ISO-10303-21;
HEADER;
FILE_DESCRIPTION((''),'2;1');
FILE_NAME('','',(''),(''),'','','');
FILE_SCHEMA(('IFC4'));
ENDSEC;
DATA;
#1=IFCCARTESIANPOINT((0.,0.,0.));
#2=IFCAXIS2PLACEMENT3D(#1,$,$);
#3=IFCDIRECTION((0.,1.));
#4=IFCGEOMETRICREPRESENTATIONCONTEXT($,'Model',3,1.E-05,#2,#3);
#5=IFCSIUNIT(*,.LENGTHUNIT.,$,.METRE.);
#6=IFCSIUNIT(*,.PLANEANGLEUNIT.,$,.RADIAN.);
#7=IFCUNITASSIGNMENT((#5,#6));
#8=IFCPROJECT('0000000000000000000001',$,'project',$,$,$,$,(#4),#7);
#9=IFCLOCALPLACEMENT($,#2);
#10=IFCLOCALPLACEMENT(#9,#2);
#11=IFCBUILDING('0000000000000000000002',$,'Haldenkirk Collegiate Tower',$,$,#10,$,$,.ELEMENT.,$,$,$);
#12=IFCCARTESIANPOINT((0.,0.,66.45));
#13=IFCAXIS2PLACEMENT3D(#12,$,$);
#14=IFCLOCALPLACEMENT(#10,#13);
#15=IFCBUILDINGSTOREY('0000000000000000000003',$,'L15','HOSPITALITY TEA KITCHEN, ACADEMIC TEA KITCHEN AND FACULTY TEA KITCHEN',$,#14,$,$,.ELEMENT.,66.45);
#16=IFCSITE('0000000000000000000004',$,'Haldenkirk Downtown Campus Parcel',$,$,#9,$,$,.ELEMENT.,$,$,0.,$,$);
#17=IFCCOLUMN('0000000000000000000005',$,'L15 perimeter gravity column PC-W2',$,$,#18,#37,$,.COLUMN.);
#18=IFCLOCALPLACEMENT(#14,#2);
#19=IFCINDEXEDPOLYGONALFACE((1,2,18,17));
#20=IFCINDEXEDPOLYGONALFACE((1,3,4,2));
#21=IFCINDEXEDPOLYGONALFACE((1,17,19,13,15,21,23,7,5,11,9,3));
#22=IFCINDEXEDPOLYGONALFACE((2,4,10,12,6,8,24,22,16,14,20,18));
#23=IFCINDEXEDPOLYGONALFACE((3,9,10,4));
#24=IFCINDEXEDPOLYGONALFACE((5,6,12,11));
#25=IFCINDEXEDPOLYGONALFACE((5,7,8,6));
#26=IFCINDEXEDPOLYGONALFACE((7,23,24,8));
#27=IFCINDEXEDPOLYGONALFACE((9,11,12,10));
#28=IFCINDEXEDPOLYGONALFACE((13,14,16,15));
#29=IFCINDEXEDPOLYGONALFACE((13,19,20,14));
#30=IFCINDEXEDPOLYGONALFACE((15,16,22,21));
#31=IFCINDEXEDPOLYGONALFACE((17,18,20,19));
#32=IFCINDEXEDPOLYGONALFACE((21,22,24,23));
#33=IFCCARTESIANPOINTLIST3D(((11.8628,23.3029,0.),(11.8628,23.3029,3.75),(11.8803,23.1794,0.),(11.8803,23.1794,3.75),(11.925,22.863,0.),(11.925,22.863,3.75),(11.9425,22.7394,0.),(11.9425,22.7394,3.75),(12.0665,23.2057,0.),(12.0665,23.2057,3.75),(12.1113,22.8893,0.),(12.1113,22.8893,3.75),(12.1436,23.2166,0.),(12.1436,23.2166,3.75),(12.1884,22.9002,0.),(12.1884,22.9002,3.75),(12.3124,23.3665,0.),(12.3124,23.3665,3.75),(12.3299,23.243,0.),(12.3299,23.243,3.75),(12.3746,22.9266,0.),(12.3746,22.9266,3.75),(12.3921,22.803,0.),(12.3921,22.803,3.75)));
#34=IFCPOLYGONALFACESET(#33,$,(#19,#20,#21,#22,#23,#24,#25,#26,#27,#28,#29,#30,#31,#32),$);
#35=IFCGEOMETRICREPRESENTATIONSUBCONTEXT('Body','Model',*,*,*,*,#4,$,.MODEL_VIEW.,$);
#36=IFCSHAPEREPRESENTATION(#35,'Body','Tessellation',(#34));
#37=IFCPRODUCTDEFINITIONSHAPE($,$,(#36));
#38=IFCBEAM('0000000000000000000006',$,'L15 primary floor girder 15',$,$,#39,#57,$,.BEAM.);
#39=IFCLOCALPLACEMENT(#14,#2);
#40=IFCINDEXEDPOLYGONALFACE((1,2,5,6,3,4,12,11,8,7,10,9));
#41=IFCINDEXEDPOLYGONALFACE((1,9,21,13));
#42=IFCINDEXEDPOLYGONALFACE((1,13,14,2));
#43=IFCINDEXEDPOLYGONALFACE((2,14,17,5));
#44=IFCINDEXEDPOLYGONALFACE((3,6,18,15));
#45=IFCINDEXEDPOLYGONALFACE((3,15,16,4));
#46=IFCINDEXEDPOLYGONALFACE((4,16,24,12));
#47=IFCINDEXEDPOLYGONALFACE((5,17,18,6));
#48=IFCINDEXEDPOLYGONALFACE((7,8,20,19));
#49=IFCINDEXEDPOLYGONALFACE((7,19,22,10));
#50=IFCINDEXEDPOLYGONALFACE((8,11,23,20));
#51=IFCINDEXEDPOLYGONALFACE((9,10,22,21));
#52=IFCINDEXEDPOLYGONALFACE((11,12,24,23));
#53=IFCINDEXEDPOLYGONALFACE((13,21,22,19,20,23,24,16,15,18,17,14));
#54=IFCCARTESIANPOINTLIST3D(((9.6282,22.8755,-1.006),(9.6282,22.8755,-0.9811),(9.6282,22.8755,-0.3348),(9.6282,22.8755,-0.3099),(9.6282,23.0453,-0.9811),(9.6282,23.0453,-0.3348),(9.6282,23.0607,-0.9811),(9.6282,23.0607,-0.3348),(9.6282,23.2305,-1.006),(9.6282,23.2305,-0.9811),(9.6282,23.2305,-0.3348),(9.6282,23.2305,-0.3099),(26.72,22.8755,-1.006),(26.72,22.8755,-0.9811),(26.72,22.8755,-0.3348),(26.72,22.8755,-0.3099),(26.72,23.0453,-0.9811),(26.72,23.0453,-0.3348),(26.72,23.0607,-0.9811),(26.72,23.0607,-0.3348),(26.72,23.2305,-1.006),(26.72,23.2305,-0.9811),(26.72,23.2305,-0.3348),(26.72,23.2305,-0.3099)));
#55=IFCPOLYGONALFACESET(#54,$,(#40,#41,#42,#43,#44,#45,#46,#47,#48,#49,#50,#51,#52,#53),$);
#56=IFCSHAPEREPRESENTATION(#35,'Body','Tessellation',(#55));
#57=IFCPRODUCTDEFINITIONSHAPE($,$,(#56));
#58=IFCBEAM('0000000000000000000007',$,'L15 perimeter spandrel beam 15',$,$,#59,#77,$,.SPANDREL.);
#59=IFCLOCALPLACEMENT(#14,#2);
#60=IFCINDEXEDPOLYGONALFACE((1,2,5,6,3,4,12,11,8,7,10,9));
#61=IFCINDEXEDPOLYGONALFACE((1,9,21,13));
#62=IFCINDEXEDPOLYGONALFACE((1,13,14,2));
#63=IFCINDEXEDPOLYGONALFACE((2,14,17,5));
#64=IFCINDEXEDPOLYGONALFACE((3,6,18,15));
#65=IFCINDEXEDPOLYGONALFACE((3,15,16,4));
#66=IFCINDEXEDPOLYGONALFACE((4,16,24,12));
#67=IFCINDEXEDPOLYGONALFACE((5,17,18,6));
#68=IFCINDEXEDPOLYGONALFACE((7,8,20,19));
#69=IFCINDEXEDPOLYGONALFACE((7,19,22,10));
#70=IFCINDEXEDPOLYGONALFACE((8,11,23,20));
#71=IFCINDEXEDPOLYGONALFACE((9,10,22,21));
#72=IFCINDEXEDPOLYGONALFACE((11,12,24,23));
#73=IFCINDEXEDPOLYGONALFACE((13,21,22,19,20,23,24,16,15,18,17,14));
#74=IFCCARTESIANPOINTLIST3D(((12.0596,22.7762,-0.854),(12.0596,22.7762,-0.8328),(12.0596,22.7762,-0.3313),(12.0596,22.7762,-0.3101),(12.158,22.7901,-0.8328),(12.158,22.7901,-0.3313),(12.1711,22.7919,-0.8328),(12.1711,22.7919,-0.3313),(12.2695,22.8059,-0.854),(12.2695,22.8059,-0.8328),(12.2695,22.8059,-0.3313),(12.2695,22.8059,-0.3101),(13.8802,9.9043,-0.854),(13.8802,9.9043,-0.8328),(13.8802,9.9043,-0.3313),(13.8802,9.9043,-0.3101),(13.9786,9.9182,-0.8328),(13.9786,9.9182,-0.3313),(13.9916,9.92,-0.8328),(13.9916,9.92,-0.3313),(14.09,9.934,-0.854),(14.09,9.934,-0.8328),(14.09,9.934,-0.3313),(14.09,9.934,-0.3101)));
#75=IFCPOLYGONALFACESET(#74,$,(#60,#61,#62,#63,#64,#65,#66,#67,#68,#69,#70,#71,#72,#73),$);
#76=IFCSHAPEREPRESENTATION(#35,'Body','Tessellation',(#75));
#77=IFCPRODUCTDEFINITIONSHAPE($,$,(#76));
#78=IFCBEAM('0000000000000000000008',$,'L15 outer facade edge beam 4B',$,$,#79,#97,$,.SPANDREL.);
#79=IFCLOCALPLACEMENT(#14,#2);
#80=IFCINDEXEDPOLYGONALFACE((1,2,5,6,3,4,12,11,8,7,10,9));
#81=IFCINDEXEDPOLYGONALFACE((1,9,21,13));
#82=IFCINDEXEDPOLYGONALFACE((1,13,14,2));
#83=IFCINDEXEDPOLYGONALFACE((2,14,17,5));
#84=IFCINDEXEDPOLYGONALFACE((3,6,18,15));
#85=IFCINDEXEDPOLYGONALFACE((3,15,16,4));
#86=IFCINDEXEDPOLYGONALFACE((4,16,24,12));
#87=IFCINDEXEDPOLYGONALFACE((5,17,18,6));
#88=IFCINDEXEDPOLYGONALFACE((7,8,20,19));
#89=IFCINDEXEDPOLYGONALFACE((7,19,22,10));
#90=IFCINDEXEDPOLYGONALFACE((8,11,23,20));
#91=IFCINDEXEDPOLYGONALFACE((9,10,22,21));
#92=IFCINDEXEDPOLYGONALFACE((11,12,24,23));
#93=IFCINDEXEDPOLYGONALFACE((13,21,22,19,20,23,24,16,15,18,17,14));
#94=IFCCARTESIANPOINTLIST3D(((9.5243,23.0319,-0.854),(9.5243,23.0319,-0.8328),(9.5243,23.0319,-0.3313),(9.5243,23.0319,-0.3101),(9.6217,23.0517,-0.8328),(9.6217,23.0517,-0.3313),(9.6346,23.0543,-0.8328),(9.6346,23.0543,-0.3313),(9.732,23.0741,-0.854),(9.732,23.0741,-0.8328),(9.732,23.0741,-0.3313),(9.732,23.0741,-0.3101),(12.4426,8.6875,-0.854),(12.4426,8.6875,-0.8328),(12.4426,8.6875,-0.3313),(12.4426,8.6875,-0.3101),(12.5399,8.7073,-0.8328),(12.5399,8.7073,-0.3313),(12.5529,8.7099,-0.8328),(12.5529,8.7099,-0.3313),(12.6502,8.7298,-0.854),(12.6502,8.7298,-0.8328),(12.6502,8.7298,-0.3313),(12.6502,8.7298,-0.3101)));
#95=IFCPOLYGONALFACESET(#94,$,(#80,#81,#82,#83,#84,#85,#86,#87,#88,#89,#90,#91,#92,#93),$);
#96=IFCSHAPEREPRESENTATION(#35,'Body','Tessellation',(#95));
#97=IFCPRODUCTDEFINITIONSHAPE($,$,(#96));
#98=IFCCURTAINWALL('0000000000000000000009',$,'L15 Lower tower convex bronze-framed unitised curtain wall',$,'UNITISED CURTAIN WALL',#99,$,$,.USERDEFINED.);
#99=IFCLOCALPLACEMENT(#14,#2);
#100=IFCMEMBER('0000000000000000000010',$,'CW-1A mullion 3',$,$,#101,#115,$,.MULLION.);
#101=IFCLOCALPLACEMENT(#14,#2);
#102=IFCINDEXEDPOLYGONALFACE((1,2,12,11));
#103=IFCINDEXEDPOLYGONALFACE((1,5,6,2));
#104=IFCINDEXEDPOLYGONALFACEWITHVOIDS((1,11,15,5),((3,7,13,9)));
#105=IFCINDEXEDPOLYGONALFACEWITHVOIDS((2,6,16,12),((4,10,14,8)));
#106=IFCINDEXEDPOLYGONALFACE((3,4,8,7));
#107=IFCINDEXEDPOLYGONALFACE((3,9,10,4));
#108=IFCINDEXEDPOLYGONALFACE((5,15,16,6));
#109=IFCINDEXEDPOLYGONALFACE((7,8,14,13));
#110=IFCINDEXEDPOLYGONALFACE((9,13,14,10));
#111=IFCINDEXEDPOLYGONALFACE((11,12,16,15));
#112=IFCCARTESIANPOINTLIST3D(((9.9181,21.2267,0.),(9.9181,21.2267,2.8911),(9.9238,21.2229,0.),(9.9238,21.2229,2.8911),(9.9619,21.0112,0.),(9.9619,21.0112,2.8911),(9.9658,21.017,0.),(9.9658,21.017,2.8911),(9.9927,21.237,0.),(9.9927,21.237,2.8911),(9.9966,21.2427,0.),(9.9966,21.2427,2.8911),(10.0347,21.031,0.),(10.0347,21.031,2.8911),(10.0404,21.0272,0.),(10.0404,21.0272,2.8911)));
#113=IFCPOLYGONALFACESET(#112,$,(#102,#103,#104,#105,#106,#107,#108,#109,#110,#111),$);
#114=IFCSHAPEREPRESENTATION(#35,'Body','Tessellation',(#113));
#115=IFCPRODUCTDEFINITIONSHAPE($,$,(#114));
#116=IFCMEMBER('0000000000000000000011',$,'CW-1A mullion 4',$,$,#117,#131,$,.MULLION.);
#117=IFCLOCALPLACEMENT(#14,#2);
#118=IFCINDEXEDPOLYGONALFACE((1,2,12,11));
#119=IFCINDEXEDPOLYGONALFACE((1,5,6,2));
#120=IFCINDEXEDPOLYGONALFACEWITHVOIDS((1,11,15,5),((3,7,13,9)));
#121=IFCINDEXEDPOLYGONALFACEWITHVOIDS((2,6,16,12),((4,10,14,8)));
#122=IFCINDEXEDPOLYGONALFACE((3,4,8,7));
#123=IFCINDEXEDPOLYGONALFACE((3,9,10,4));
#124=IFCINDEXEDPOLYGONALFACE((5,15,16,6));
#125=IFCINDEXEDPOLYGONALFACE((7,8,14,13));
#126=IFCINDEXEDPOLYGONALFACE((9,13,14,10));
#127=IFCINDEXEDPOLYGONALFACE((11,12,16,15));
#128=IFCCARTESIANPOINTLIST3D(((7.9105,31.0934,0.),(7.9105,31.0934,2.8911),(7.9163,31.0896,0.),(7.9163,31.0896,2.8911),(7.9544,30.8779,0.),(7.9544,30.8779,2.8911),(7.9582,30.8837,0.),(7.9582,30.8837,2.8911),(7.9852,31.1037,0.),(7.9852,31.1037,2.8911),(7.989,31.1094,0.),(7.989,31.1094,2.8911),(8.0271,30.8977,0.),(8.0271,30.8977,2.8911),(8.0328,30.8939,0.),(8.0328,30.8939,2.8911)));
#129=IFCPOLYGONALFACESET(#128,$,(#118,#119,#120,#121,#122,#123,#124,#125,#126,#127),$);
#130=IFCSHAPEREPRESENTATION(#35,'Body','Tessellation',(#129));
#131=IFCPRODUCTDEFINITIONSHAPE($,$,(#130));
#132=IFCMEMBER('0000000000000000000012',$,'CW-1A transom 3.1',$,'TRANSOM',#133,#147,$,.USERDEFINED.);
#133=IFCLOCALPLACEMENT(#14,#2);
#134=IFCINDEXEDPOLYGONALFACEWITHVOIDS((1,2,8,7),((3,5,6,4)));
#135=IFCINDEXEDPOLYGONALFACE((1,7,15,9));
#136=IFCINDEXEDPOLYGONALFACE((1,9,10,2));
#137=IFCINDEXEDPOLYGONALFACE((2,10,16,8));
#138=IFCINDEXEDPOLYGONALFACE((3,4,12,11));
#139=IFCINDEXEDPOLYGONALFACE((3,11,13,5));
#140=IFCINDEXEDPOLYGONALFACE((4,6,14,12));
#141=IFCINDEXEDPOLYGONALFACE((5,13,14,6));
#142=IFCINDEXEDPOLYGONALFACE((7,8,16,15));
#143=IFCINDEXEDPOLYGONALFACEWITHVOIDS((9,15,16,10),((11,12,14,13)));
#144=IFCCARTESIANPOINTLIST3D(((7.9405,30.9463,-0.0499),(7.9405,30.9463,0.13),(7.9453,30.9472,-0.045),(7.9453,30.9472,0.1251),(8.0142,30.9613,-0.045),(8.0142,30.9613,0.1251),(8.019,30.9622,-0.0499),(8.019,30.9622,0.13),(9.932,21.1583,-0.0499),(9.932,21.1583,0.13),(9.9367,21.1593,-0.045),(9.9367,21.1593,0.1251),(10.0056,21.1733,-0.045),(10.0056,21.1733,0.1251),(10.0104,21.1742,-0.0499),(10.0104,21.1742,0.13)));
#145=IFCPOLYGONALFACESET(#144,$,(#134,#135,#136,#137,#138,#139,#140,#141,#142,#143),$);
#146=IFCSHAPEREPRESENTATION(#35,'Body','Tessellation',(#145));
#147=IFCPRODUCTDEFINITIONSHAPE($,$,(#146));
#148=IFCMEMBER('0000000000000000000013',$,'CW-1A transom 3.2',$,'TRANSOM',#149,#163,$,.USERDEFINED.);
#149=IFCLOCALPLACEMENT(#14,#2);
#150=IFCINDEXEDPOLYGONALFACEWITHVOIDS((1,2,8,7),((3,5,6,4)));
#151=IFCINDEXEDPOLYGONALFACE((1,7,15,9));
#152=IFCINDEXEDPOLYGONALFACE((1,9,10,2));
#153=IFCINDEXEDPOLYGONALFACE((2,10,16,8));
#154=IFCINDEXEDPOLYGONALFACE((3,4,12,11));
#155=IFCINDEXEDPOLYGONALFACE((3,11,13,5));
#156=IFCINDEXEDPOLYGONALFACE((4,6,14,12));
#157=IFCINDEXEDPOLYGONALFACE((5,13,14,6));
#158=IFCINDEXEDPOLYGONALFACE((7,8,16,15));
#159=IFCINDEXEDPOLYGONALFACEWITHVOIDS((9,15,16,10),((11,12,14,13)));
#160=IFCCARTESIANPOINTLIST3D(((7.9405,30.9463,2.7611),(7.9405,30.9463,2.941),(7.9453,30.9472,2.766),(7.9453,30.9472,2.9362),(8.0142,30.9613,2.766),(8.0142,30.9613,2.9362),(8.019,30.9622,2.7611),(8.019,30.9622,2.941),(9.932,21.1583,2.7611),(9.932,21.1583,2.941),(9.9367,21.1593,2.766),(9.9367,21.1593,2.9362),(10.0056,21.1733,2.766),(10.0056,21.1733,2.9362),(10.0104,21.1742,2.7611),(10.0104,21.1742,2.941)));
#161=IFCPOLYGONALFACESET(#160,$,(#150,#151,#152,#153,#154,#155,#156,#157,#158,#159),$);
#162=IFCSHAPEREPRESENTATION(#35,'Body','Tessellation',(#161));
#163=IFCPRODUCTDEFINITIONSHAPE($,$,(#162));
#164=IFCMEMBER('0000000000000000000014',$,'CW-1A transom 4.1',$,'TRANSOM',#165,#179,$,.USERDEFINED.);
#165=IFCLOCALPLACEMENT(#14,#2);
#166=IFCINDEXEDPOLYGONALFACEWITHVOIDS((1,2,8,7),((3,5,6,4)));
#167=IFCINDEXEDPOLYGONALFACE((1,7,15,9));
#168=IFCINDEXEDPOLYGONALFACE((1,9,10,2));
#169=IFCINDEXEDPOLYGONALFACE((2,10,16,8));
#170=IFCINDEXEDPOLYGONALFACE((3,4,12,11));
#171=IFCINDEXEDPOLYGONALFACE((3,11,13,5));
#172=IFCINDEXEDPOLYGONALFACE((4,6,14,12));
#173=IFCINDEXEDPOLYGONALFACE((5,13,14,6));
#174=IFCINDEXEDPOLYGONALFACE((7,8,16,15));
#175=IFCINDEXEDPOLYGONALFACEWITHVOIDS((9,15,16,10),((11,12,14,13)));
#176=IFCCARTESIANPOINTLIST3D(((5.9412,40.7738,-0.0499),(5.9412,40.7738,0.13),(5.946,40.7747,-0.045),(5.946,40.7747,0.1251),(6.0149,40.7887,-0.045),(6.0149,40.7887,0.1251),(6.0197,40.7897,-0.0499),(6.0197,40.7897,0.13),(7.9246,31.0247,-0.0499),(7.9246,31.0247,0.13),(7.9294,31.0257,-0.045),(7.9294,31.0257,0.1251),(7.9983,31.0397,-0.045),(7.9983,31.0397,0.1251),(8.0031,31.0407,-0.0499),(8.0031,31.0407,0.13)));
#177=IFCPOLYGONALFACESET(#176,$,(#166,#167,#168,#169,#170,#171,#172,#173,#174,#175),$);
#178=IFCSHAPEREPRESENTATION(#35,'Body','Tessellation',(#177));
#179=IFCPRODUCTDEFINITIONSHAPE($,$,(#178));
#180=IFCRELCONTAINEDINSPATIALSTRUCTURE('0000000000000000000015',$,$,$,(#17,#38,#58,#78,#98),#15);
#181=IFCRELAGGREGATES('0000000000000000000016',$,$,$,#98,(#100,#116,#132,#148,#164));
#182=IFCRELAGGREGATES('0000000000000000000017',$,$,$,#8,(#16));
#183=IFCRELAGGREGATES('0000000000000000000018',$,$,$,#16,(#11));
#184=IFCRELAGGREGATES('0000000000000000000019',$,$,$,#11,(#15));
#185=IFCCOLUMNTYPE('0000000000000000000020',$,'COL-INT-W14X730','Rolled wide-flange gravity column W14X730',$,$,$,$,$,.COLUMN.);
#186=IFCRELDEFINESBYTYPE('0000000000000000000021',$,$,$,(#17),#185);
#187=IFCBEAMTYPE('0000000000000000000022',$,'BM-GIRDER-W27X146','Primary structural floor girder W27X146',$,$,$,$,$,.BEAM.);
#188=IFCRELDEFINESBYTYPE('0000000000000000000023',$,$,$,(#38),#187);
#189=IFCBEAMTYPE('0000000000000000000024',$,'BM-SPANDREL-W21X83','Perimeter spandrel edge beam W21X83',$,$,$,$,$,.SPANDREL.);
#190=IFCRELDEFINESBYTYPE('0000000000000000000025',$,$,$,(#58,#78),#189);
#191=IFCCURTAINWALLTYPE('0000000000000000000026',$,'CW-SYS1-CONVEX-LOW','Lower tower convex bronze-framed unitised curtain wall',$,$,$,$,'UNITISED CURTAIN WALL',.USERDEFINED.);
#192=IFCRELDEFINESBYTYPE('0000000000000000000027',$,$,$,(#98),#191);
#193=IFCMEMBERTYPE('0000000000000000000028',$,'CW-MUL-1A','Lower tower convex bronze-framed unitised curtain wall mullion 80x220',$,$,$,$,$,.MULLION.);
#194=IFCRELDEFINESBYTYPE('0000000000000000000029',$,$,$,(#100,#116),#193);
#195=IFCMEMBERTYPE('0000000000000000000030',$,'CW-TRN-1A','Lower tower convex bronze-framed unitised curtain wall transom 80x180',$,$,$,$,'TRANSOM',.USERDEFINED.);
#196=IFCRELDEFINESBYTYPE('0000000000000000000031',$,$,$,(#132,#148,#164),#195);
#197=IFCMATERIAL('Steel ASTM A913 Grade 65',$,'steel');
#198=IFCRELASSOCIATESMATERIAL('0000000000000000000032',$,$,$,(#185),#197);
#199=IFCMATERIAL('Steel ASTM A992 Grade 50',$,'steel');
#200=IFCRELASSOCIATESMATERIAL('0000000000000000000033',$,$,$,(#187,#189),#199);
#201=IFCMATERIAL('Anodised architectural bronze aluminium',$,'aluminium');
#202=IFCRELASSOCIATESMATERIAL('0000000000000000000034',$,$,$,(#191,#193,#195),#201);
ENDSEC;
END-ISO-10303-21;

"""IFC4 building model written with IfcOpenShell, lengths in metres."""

from ifc_helpers import new_model, si_unit, direction, frame, origin, origin_2d, place, context, subcontext, project, spatial, hollow_rectangle, i_section, extrude, material, material_profile, profile_set, type_object, element, aggregate, save


model = new_model("IFC4")

# Units and contexts
model_context = context("Model", 3, precision=1e-05, world=origin(), true_north=direction((0.0, 1.0)))
body_context = subcontext(model_context, "Body", "Model", "MODEL_VIEW")
ifc_project = project(units=[si_unit("LENGTHUNIT", "METRE"), si_unit("PLANEANGLEUNIT", "RADIAN")], contexts=[model_context])

# Site, building, storey
site_placement = place(None, origin())
site = spatial("IfcSite", under=ifc_project, at=site_placement, Name="Haldenkirk Downtown Campus Parcel", CompositionType="ELEMENT", RefElevation=0.0)
building_placement = place(site_placement, origin())
building = spatial("IfcBuilding", under=site, at=building_placement, Name="Haldenkirk Collegiate Tower", CompositionType="ELEMENT")
storey_placement = place(building_placement, frame((0.0, 0.0, 66.45)))
storey = spatial("IfcBuildingStorey", under=building, at=storey_placement, Name="L15", Description="HOSPITALITY TEA KITCHEN, ACADEMIC TEA KITCHEN AND FACULTY TEA KITCHEN", CompositionType="ELEMENT", Elevation=66.45)

# Column
ifc_material_1 = material(Name="Steel ASTM A913 Grade 65", Category="steel")
ifc_material_profile_1 = material_profile(ifc_material_1, i_section(OverallWidth=0.4541, OverallDepth=0.5691, WebThickness=0.0779, FlangeThickness=0.1248, at=origin_2d()), Name="W14X730")
ifc_profile_set_1 = profile_set([ifc_material_profile_1], Name="Steel ASTM A913 Grade 65")
column_type = type_object("IfcColumnType", Name="COL-INT-W14X730", Description="Rolled wide-flange gravity column W14X730", PredefinedType="COLUMN", material=ifc_profile_set_1)
column_placement = place(storey_placement, frame((12.1274, 23.053, 0.0), z_axis=(0.0, 0.0, 1.0), x_axis=(0.990146, 0.140037, 0.0)))
element("IfcColumn", 1, at=column_placement, inside=storey, type_object=column_type, Name="L15 perimeter gravity column PC-W2", PredefinedType="COLUMN", context=body_context, shape_type="SweptSolid", body=[
    extrude(i_section(OverallWidth=0.4541, OverallDepth=0.5691, WebThickness=0.0779, FlangeThickness=0.1248, at=origin_2d()), origin(), (0.0, 0.0, 1.0), 3.75),
])

# Beams
ifc_material_2 = material(Name="Steel ASTM A992 Grade 50", Category="steel")
ifc_material_profile_2 = material_profile(ifc_material_2, i_section(OverallWidth=0.355, OverallDepth=0.696, WebThickness=0.0154, FlangeThickness=0.0249, at=origin_2d()), Name="W27X146")
ifc_profile_set_2 = profile_set([ifc_material_profile_2], Name="Steel ASTM A992 Grade 50")
beam_type_1 = type_object("IfcBeamType", Name="BM-GIRDER-W27X146", Description="Primary structural floor girder W27X146", PredefinedType="BEAM", material=ifc_profile_set_2)
beam_1_placement = place(storey_placement, frame((9.6282, 23.053, -0.658), z_axis=(1.0, 0.0, 0.0), x_axis=(0.0, 1.0, 0.0)))
element("IfcBeam", 2, at=beam_1_placement, inside=storey, type_object=beam_type_1, Name="L15 primary floor girder 15", PredefinedType="BEAM", context=body_context, shape_type="SweptSolid", body=[
    extrude(i_section(OverallWidth=0.355, OverallDepth=0.696, WebThickness=0.0154, FlangeThickness=0.0249, at=origin_2d()), origin(), (0.0, 0.0, 1.0), 17.0918),
])
ifc_material_profile_3 = material_profile(ifc_material_2, i_section(OverallWidth=0.2119, OverallDepth=0.5439, WebThickness=0.0132, FlangeThickness=0.0212, at=origin_2d()), Name="W21X83")
ifc_profile_set_3 = profile_set([ifc_material_profile_3], Name="Steel ASTM A992 Grade 50")
beam_type_2 = type_object("IfcBeamType", Name="BM-SPANDREL-W21X83", Description="Perimeter spandrel edge beam W21X83", PredefinedType="SPANDREL", material=ifc_profile_set_3)
beam_2_placement = place(storey_placement, frame((12.1646, 22.791, -0.582), z_axis=(0.140044, -0.990145, 0.0), x_axis=(0.990145, 0.140044, 0.0)))
element("IfcBeam", 3, at=beam_2_placement, inside=storey, type_object=beam_type_2, Name="L15 perimeter spandrel beam 15", PredefinedType="SPANDREL", context=body_context, shape_type="SweptSolid", body=[
    extrude(i_section(OverallWidth=0.2119, OverallDepth=0.5439, WebThickness=0.0132, FlangeThickness=0.0212, at=origin_2d()), origin(), (0.0, 0.0, 1.0), 13.0),
])
beam_3_placement = place(storey_placement, frame((9.6282, 23.053, -0.582), z_axis=(0.199358, -0.979927, 0.0), x_axis=(0.979927, 0.199358, 0.0)))
element("IfcBeam", 4, at=beam_3_placement, inside=storey, type_object=beam_type_2, Name="L15 outer facade edge beam 4B", PredefinedType="SPANDREL", context=body_context, shape_type="SweptSolid", body=[
    extrude(i_section(OverallWidth=0.2119, OverallDepth=0.5439, WebThickness=0.0132, FlangeThickness=0.0212, at=origin_2d()), origin(), (0.0, 0.0, 1.0), 14.6382),
])

# Curtain wall, members
ifc_material_3 = material(Name="Anodised architectural bronze aluminium", Category="aluminium")
curtain_wall_type = type_object("IfcCurtainWallType", Name="CW-SYS1-CONVEX-LOW", Description="Lower tower convex bronze-framed unitised curtain wall", ElementType="UNITISED CURTAIN WALL", PredefinedType="USERDEFINED", material=ifc_material_3)
curtain_wall_placement = place(storey_placement, origin())
curtain_wall = element("IfcCurtainWall", 5, at=curtain_wall_placement, inside=storey, type_object=curtain_wall_type, Name="L15 Lower tower convex bronze-framed unitised curtain wall", ObjectType="UNITISED CURTAIN WALL", PredefinedType="USERDEFINED")
ifc_material_profile_4 = material_profile(ifc_material_3, hollow_rectangle(XDim=0.0801, YDim=0.22, WallThickness=0.0049, at=origin_2d()), Name="CW-MUL-1A")
ifc_profile_set_4 = profile_set([ifc_material_profile_4], Name="Anodised architectural bronze aluminium")
member_type_1 = type_object("IfcMemberType", Name="CW-MUL-1A", Description="Lower tower convex bronze-framed unitised curtain wall mullion 80x220", PredefinedType="MULLION", material=ifc_profile_set_4)
member_1_placement = place(storey_placement, frame((9.9792, 21.127, 0.0), z_axis=(0.0, 0.0, 1.0), x_axis=(-0.979924, -0.199369, 0.0)))
member_1 = element("IfcMember", 6, at=member_1_placement, type_object=member_type_1, Name="CW-1A mullion 3", PredefinedType="MULLION", context=body_context, shape_type="SweptSolid", body=[
    extrude(hollow_rectangle(XDim=0.0801, YDim=0.22, WallThickness=0.0049, at=origin_2d()), origin(), (0.0, 0.0, 1.0), 2.8911),
])
member_2_placement = place(storey_placement, frame((7.9717, 30.9937, 0.0), z_axis=(0.0, 0.0, 1.0), x_axis=(-0.979924, -0.199369, 0.0)))
member_2 = element("IfcMember", 7, at=member_2_placement, type_object=member_type_1, Name="CW-1A mullion 4", PredefinedType="MULLION", context=body_context, shape_type="SweptSolid", body=[
    extrude(hollow_rectangle(XDim=0.0801, YDim=0.22, WallThickness=0.0049, at=origin_2d()), origin(), (0.0, 0.0, 1.0), 2.8911),
])
ifc_material_profile_5 = material_profile(ifc_material_3, hollow_rectangle(XDim=0.0801, YDim=0.1799, WallThickness=0.0049, at=origin_2d()), Name="CW-TRN-1A")
ifc_profile_set_5 = profile_set([ifc_material_profile_5], Name="Anodised architectural bronze aluminium")
member_type_2 = type_object("IfcMemberType", Name="CW-TRN-1A", Description="Lower tower convex bronze-framed unitised curtain wall transom 80x180", ElementType="TRANSOM", PredefinedType="USERDEFINED", material=ifc_profile_set_5)
member_3_placement = place(storey_placement, frame((9.9712, 21.1663, 0.04), z_axis=(-0.199372, 0.979924, 0.0), x_axis=(-0.979924, -0.199372, 0.0)))
member_3 = element("IfcMember", 8, at=member_3_placement, type_object=member_type_2, Name="CW-1A transom 3.1", ObjectType="TRANSOM", PredefinedType="USERDEFINED", context=body_context, shape_type="SweptSolid", body=[
    extrude(hollow_rectangle(XDim=0.0801, YDim=0.1799, WallThickness=0.0049, at=origin_2d()), origin(), (0.0, 0.0, 1.0), 9.9885),
])
member_4_placement = place(storey_placement, frame((9.9712, 21.1663, 2.8511), z_axis=(-0.199372, 0.979924, 0.0), x_axis=(-0.979924, -0.199372, 0.0)))
member_4 = element("IfcMember", 9, at=member_4_placement, type_object=member_type_2, Name="CW-1A transom 3.2", ObjectType="TRANSOM", PredefinedType="USERDEFINED", context=body_context, shape_type="SweptSolid", body=[
    extrude(hollow_rectangle(XDim=0.0801, YDim=0.1799, WallThickness=0.0049, at=origin_2d()), origin(), (0.0, 0.0, 1.0), 9.9885),
])
member_5_placement = place(storey_placement, frame((7.9639, 31.0327, 0.04), z_axis=(-0.199362, 0.979926, 0.0), x_axis=(-0.979926, -0.199362, 0.0)))
member_5 = element("IfcMember", 10, at=member_5_placement, type_object=member_type_2, Name="CW-1A transom 4.1", ObjectType="TRANSOM", PredefinedType="USERDEFINED", context=body_context, shape_type="SweptSolid", body=[
    extrude(hollow_rectangle(XDim=0.0801, YDim=0.1799, WallThickness=0.0049, at=origin_2d()), origin(), (0.0, 0.0, 1.0), 9.9487),
])
aggregate(curtain_wall, [member_1, member_2, member_3, member_4, member_5])

save(model, "model.ifc")
